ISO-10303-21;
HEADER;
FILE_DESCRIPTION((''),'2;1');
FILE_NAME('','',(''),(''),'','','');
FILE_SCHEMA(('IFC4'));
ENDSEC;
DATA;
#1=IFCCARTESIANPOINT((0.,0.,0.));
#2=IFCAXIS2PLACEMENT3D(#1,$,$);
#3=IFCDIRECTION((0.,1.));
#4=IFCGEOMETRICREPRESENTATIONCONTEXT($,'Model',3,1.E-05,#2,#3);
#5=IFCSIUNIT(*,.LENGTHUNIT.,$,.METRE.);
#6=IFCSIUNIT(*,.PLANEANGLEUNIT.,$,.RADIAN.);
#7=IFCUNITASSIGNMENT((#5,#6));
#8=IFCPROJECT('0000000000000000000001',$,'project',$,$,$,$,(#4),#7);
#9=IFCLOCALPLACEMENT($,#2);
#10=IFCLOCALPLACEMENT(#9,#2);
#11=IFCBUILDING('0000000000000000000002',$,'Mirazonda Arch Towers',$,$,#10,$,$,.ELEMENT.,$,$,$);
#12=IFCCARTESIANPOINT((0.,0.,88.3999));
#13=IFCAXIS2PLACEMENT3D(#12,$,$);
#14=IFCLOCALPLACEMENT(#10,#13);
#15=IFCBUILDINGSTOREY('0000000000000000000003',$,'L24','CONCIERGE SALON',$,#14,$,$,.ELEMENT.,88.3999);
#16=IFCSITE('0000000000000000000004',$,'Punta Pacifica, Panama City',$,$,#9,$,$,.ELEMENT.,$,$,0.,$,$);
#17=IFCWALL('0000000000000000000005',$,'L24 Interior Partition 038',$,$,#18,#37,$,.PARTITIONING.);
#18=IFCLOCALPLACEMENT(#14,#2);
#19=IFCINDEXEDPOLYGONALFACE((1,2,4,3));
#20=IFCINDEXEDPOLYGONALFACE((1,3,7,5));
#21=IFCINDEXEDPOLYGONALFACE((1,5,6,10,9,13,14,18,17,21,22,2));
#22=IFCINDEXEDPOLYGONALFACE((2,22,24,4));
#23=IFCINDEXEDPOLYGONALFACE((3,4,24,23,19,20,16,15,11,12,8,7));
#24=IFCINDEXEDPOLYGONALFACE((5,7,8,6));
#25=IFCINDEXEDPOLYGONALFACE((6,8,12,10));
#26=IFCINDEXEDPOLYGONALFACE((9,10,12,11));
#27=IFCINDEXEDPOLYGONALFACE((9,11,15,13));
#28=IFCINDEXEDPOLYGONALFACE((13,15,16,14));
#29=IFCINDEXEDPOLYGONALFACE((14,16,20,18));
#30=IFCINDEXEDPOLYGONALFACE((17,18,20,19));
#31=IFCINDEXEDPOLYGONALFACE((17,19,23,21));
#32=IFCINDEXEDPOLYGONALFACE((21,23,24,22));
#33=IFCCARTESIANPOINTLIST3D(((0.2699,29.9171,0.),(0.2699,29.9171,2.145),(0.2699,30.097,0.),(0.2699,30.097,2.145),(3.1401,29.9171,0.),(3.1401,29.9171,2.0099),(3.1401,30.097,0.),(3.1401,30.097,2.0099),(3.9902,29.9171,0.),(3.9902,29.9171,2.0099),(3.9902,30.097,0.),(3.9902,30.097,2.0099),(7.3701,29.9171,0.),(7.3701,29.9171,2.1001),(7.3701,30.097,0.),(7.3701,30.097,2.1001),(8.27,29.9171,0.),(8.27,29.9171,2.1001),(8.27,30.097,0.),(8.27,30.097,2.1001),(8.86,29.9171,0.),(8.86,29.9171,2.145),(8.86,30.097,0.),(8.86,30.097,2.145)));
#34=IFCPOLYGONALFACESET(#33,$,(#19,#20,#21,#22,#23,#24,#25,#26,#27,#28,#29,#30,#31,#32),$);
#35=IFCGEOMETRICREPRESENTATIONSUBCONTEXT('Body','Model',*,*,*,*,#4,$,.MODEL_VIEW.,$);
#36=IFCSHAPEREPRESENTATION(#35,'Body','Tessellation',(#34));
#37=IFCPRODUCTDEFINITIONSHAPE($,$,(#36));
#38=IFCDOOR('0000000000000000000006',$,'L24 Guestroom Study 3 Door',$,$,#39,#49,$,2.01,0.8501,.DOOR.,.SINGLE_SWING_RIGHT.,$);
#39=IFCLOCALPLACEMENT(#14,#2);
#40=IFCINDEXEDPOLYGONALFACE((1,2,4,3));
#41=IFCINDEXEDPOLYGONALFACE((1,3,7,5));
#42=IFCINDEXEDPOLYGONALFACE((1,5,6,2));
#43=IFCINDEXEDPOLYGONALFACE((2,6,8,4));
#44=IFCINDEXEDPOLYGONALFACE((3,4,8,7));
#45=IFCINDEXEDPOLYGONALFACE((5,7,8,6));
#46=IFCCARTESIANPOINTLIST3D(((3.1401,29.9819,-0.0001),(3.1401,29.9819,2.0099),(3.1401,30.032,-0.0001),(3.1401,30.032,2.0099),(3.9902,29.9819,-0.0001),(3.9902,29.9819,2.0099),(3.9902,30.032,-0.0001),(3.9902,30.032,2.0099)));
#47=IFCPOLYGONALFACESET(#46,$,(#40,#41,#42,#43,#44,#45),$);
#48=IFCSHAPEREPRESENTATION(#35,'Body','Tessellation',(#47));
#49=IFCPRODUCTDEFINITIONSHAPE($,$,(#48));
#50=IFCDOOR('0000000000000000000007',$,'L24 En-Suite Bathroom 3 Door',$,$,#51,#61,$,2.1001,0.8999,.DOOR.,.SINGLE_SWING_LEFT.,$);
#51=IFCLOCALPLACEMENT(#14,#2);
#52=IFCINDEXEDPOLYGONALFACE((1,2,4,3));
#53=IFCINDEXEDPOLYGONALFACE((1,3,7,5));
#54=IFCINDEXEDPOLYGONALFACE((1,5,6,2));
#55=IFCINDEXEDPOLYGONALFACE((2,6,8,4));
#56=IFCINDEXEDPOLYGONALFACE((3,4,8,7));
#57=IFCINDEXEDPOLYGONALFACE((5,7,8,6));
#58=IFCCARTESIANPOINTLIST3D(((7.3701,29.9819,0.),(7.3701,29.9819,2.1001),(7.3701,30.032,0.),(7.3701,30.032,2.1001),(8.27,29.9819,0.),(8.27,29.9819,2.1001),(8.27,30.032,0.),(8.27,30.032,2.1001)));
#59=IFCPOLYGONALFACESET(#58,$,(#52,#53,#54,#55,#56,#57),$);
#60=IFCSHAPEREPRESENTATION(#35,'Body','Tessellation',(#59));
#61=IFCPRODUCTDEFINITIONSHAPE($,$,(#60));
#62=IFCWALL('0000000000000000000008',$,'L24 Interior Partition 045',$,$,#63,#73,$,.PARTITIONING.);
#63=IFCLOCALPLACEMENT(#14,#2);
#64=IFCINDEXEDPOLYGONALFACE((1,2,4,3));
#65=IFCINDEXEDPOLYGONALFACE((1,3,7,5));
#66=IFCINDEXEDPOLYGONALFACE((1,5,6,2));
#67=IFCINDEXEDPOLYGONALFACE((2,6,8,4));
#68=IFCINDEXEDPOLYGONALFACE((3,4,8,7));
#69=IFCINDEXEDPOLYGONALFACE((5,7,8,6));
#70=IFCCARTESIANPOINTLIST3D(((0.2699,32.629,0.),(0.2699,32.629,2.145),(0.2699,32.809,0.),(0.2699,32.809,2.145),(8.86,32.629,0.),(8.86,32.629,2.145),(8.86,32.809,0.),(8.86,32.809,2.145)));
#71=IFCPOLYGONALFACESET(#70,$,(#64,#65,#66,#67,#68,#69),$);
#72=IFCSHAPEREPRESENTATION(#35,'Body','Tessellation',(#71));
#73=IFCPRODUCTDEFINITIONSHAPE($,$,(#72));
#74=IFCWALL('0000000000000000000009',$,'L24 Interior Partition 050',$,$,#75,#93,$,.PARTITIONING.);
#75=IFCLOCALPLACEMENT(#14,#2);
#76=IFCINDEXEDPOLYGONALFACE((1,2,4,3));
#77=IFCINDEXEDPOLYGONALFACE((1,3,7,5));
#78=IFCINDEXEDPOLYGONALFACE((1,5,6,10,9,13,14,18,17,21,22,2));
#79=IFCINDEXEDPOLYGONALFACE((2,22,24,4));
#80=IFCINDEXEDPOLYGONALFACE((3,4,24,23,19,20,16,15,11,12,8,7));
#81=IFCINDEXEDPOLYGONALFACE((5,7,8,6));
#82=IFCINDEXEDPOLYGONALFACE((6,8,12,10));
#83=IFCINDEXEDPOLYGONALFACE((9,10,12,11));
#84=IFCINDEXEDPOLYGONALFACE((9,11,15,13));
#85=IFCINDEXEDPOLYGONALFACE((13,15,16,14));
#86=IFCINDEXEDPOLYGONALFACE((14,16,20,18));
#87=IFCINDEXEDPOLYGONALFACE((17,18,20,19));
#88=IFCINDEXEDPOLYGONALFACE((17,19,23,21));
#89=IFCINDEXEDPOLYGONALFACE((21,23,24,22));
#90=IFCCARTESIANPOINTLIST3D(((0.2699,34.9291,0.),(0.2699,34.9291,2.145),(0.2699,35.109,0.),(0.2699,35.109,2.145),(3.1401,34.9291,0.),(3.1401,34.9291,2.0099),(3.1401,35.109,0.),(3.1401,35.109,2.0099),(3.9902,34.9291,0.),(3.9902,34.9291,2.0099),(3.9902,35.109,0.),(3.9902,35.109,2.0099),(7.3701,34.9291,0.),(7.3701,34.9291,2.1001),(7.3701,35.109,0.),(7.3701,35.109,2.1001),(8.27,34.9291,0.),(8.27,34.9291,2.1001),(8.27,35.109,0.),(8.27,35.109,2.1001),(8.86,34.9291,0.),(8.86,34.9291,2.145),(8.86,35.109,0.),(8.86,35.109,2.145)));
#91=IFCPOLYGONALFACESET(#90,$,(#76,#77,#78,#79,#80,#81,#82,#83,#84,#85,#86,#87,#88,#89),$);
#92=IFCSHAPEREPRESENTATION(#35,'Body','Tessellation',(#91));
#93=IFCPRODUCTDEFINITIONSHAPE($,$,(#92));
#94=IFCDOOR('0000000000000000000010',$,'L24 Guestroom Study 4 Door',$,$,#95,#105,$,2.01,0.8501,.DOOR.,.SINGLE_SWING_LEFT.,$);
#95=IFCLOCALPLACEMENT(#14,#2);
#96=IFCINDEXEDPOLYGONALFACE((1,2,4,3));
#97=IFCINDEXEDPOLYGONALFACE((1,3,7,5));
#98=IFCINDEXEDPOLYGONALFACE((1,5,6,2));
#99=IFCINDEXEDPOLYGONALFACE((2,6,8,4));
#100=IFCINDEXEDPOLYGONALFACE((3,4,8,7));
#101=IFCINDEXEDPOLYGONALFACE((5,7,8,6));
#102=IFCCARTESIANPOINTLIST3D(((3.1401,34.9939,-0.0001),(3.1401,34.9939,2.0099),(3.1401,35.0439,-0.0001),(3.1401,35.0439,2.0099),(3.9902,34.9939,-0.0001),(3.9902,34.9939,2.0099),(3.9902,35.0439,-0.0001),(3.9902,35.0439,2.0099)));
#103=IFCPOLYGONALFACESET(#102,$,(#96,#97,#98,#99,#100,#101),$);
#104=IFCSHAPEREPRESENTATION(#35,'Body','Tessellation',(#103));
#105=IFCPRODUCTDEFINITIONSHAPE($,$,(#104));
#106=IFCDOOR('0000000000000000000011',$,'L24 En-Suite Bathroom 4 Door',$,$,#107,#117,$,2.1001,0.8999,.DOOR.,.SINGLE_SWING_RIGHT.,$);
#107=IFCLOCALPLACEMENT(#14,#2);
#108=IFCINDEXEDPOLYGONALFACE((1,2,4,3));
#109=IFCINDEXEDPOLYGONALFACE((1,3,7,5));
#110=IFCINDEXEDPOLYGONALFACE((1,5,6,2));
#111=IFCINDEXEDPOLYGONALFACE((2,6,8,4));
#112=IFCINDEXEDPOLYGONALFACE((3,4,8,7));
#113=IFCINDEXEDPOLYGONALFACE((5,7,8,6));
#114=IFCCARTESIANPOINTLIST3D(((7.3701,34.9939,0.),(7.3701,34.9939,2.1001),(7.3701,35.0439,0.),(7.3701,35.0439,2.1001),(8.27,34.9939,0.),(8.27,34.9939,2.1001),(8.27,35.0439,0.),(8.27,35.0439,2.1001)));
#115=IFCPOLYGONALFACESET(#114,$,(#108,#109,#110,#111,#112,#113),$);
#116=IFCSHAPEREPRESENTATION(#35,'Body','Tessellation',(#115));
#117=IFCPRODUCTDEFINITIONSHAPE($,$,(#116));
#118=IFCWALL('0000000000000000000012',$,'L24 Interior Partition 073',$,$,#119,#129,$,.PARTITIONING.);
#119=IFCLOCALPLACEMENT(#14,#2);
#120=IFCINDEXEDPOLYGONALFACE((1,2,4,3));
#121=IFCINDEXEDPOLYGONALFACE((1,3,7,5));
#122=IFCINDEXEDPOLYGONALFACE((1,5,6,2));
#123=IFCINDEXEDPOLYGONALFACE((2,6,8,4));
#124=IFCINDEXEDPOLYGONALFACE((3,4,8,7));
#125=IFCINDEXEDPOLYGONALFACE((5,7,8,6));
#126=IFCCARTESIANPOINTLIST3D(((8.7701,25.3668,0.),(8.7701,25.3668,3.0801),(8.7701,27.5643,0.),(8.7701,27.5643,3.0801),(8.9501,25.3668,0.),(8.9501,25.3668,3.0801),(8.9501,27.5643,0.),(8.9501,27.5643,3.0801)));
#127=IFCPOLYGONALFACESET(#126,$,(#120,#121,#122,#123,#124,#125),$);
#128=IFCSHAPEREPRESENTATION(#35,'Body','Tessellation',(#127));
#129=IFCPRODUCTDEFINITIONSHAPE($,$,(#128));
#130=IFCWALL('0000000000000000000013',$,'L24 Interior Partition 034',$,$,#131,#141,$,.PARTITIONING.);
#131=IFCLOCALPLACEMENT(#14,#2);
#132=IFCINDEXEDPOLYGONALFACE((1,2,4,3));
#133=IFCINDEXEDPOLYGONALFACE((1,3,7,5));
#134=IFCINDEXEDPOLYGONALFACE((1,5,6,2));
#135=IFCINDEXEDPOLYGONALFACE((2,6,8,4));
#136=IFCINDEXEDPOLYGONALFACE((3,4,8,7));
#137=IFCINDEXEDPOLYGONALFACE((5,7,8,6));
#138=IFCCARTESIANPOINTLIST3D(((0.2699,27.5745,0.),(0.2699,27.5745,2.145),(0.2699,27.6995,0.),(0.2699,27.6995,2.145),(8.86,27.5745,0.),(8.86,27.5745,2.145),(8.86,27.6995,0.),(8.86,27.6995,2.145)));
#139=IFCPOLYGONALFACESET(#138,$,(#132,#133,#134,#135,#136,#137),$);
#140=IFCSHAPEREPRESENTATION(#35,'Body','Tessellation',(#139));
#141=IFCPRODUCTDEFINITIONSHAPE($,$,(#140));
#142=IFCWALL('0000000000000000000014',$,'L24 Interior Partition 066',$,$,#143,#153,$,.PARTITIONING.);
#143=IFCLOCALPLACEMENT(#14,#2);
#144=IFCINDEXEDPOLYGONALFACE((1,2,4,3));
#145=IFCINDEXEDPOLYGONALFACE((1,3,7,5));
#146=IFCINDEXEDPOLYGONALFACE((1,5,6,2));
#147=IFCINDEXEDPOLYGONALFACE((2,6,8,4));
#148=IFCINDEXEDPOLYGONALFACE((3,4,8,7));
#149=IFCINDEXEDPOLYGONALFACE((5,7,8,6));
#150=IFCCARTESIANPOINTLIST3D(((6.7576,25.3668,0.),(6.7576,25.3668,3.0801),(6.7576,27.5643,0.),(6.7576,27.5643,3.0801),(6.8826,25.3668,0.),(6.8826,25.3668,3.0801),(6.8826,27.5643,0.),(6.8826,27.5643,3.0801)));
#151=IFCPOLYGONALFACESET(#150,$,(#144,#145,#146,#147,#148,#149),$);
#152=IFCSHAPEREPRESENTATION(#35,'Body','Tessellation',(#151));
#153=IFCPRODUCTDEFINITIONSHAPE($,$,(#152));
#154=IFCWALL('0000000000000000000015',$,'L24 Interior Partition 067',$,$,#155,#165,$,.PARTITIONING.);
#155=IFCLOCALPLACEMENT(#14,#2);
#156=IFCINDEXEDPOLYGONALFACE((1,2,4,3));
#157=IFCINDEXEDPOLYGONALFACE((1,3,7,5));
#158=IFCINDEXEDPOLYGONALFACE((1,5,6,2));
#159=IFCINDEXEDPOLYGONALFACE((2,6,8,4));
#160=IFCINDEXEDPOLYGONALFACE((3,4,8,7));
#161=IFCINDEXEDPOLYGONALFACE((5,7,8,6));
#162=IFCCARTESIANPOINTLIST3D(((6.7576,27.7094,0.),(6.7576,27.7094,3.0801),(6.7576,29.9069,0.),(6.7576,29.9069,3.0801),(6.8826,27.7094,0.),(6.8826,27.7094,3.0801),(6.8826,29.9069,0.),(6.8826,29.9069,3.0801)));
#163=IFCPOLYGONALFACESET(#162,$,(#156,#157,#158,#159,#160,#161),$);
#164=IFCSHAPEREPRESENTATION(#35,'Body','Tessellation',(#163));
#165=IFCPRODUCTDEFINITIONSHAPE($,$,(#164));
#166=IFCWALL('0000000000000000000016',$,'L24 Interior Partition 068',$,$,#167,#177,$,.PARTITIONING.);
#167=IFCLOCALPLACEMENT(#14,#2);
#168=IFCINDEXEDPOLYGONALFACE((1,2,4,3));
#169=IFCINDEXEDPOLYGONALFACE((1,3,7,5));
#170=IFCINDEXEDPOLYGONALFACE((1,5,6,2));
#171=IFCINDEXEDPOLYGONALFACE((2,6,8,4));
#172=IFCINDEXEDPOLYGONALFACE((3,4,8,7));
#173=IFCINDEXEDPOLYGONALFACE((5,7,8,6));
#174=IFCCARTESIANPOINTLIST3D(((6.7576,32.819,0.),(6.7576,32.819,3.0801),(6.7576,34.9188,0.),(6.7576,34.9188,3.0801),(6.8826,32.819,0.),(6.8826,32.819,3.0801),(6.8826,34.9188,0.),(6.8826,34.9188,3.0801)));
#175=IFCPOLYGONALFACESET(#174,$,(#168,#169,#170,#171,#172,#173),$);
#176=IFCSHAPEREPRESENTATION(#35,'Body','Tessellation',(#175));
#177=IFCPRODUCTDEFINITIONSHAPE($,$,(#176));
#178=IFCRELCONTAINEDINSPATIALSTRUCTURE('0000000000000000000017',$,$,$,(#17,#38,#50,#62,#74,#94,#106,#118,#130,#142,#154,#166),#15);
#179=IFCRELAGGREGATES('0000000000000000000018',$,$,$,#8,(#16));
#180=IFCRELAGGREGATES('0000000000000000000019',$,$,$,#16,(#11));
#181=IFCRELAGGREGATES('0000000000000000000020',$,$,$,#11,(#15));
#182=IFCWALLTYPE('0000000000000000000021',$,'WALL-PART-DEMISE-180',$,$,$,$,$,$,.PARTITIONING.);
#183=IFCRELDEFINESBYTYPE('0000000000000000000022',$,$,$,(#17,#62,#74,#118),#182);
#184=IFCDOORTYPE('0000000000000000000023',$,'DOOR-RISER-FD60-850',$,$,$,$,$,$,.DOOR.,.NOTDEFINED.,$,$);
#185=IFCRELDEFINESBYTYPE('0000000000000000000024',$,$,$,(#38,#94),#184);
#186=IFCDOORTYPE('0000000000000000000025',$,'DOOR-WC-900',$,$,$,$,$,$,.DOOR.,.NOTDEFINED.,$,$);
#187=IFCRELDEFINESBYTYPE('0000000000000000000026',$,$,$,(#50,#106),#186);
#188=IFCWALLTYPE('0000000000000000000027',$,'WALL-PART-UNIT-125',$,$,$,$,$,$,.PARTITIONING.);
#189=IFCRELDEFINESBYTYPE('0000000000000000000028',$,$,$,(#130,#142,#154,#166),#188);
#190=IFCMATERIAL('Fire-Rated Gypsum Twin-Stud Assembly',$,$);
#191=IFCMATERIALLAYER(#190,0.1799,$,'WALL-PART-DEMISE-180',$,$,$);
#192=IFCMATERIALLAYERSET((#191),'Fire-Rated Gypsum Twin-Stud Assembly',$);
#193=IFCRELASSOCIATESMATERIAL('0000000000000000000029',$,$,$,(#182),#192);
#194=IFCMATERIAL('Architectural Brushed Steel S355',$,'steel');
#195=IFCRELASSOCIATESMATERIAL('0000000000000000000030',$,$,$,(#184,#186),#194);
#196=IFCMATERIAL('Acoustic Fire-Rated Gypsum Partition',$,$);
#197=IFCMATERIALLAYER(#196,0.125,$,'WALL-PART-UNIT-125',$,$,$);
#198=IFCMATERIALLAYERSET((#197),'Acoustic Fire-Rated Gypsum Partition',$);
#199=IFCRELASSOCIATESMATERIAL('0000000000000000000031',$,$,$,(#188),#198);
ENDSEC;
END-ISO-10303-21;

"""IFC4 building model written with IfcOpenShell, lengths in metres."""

from ifc_helpers import new_model, si_unit, direction, frame, frame_2d, origin, place, context, subcontext, project, spatial, rectangle, extrude, material, layer, layer_set, type_object, element, fill, save


model = new_model("IFC4")

# Units and contexts
model_context = context("Model", 3, precision=1e-05, world=origin(), true_north=direction((0.0, 1.0)))
body_context = subcontext(model_context, "Body", "Model", "MODEL_VIEW")
ifc_project = project(units=[si_unit("LENGTHUNIT", "METRE"), si_unit("PLANEANGLEUNIT", "RADIAN")], contexts=[model_context])

# Site, building, storey
site_placement = place(None, origin())
site = spatial("IfcSite", under=ifc_project, at=site_placement, Name="Punta Pacifica, Panama City", CompositionType="ELEMENT", RefElevation=0.0)
building_placement = place(site_placement, origin())
building = spatial("IfcBuilding", under=site, at=building_placement, Name="Mirazonda Arch Towers", CompositionType="ELEMENT")
storey_placement = place(building_placement, frame((0.0, 0.0, 88.3999)))
storey = spatial("IfcBuildingStorey", under=building, at=storey_placement, Name="L24", Description="CONCIERGE SALON", CompositionType="ELEMENT", Elevation=88.3999)

# Wall, openings, doors
ifc_material_1 = material(Name="Fire-Rated Gypsum Twin-Stud Assembly")
ifc_layer_1 = layer(ifc_material_1, 0.1799, Name="WALL-PART-DEMISE-180")
ifc_layer_set_1 = layer_set([ifc_layer_1], Name="Fire-Rated Gypsum Twin-Stud Assembly")
wall_type_1 = type_object("IfcWallType", Name="WALL-PART-DEMISE-180", PredefinedType="PARTITIONING", material=ifc_layer_set_1)
wall_1_placement = place(storey_placement, frame((0.27, 30.0071, 0.0), z_axis=(0.0, 0.0, 1.0), x_axis=(1.0, 0.0, 0.0)))
wall_1 = element("IfcWall", 1, at=wall_1_placement, inside=storey, type_object=wall_type_1, Name="L24 Interior Partition 038", PredefinedType="PARTITIONING", context=body_context, shape_type="SweptSolid", body=[
    extrude(rectangle(XDim=8.5901, YDim=0.1799, at=frame_2d((4.2949, 0.0))), origin(), (0.0, 0.0, 1.0), 2.145),
])
opening_1_placement = place(wall_1_placement, frame((2.8701, 0.0, 0.0)))
opening_1 = element("IfcOpeningElement", 2, at=opening_1_placement, cuts=wall_1, PredefinedType="OPENING", context=body_context, shape_type="SweptSolid", body=[
    extrude(rectangle(XDim=0.8501, YDim=2.01, at=frame_2d((0.425, 1.0049))), frame((0.0, 0.0999, 0.0), z_axis=(0.0, -1.0, 0.0), x_axis=(1.0, 0.0, 0.0)), (0.0, 0.0, 1.0), 0.2),
])
opening_2_placement = place(wall_1_placement, frame((7.1001, 0.0, 0.0)))
opening_2 = element("IfcOpeningElement", 3, at=opening_2_placement, cuts=wall_1, PredefinedType="OPENING", context=body_context, shape_type="SweptSolid", body=[
    extrude(rectangle(XDim=0.8999, YDim=2.1001, at=frame_2d((0.45, 1.05))), frame((0.0, 0.0999, 0.0), z_axis=(0.0, -1.0, 0.0), x_axis=(1.0, 0.0, 0.0)), (0.0, 0.0, 1.0), 0.2),
])
ifc_material_2 = material(Name="Architectural Brushed Steel S355", Category="steel")
door_type_1 = type_object("IfcDoorType", Name="DOOR-RISER-FD60-850", OperationType="NOTDEFINED", PredefinedType="DOOR", material=ifc_material_2)
door_1_placement = place(opening_1_placement, origin())
door_1 = element("IfcDoor", 4, at=door_1_placement, inside=storey, type_object=door_type_1, Name="L24 Guestroom Study 3 Door", OperationType="SINGLE_SWING_RIGHT", OverallHeight=2.01, OverallWidth=0.8501, PredefinedType="DOOR", context=body_context, shape_type="SweptSolid", body=[
    extrude(rectangle(XDim=0.8501, YDim=2.01, at=frame_2d((0.425, 1.0049))), frame((0.0, 0.0249, 0.0), z_axis=(0.0, -1.0, 0.0), x_axis=(1.0, 0.0, 0.0)), (0.0, 0.0, 1.0), 0.05),
])
fill(opening_1, door_1)
door_type_2 = type_object("IfcDoorType", Name="DOOR-WC-900", OperationType="NOTDEFINED", PredefinedType="DOOR", material=ifc_material_2)
door_2_placement = place(opening_2_placement, origin())
door_2 = element("IfcDoor", 5, at=door_2_placement, inside=storey, type_object=door_type_2, Name="L24 En-Suite Bathroom 3 Door", OperationType="SINGLE_SWING_LEFT", OverallHeight=2.1001, OverallWidth=0.8999, PredefinedType="DOOR", context=body_context, shape_type="SweptSolid", body=[
    extrude(rectangle(XDim=0.8999, YDim=2.1001, at=frame_2d((0.45, 1.05))), frame((0.0, 0.0249, 0.0), z_axis=(0.0, -1.0, 0.0), x_axis=(1.0, 0.0, 0.0)), (0.0, 0.0, 1.0), 0.05),
])
fill(opening_2, door_2)

# Wall
wall_2_placement = place(storey_placement, frame((0.27, 32.719, 0.0), z_axis=(0.0, 0.0, 1.0), x_axis=(1.0, 0.0, 0.0)))
element("IfcWall", 6, at=wall_2_placement, inside=storey, type_object=wall_type_1, Name="L24 Interior Partition 045", PredefinedType="PARTITIONING", context=body_context, shape_type="SweptSolid", body=[
    extrude(rectangle(XDim=8.5901, YDim=0.1799, at=frame_2d((4.2949, 0.0))), origin(), (0.0, 0.0, 1.0), 2.145),
])

# Wall, openings, doors
wall_3_placement = place(storey_placement, frame((0.27, 35.019, 0.0), z_axis=(0.0, 0.0, 1.0), x_axis=(1.0, 0.0, 0.0)))
wall_3 = element("IfcWall", 7, at=wall_3_placement, inside=storey, type_object=wall_type_1, Name="L24 Interior Partition 050", PredefinedType="PARTITIONING", context=body_context, shape_type="SweptSolid", body=[
    extrude(rectangle(XDim=8.5901, YDim=0.1799, at=frame_2d((4.2949, 0.0))), origin(), (0.0, 0.0, 1.0), 2.145),
])
opening_3_placement = place(wall_3_placement, frame((2.8701, 0.0, 0.0)))
opening_3 = element("IfcOpeningElement", 8, at=opening_3_placement, cuts=wall_3, PredefinedType="OPENING", context=body_context, shape_type="SweptSolid", body=[
    extrude(rectangle(XDim=0.8501, YDim=2.01, at=frame_2d((0.425, 1.0049))), frame((0.0, 0.0999, 0.0), z_axis=(0.0, -1.0, 0.0), x_axis=(1.0, 0.0, 0.0)), (0.0, 0.0, 1.0), 0.2),
])
opening_4_placement = place(wall_3_placement, frame((7.1001, 0.0, 0.0)))
opening_4 = element("IfcOpeningElement", 9, at=opening_4_placement, cuts=wall_3, PredefinedType="OPENING", context=body_context, shape_type="SweptSolid", body=[
    extrude(rectangle(XDim=0.8999, YDim=2.1001, at=frame_2d((0.45, 1.05))), frame((0.0, 0.0999, 0.0), z_axis=(0.0, -1.0, 0.0), x_axis=(1.0, 0.0, 0.0)), (0.0, 0.0, 1.0), 0.2),
])
door_3_placement = place(opening_3_placement, origin())
door_3 = element("IfcDoor", 10, at=door_3_placement, inside=storey, type_object=door_type_1, Name="L24 Guestroom Study 4 Door", OperationType="SINGLE_SWING_LEFT", OverallHeight=2.01, OverallWidth=0.8501, PredefinedType="DOOR", context=body_context, shape_type="SweptSolid", body=[
    extrude(rectangle(XDim=0.8501, YDim=2.01, at=frame_2d((0.425, 1.0049))), frame((0.0, 0.0249, 0.0), z_axis=(0.0, -1.0, 0.0), x_axis=(1.0, 0.0, 0.0)), (0.0, 0.0, 1.0), 0.05),
])
fill(opening_3, door_3)
door_4_placement = place(opening_4_placement, origin())
door_4 = element("IfcDoor", 11, at=door_4_placement, inside=storey, type_object=door_type_2, Name="L24 En-Suite Bathroom 4 Door", OperationType="SINGLE_SWING_RIGHT", OverallHeight=2.1001, OverallWidth=0.8999, PredefinedType="DOOR", context=body_context, shape_type="SweptSolid", body=[
    extrude(rectangle(XDim=0.8999, YDim=2.1001, at=frame_2d((0.45, 1.05))), frame((0.0, 0.0249, 0.0), z_axis=(0.0, -1.0, 0.0), x_axis=(1.0, 0.0, 0.0)), (0.0, 0.0, 1.0), 0.05),
])
fill(opening_4, door_4)

# Walls
wall_4_placement = place(storey_placement, frame((8.8601, 25.3669, 0.0), z_axis=(0.0, 0.0, 1.0), x_axis=(0.0, 1.0, 0.0)))
element("IfcWall", 12, at=wall_4_placement, inside=storey, type_object=wall_type_1, Name="L24 Interior Partition 073", PredefinedType="PARTITIONING", context=body_context, shape_type="SweptSolid", body=[
    extrude(rectangle(XDim=2.1975, YDim=0.1799, at=frame_2d((1.0986, 0.0))), origin(), (0.0, 0.0, 1.0), 3.0801),
])
ifc_material_3 = material(Name="Acoustic Fire-Rated Gypsum Partition")
ifc_layer_2 = layer(ifc_material_3, 0.125, Name="WALL-PART-UNIT-125")
ifc_layer_set_2 = layer_set([ifc_layer_2], Name="Acoustic Fire-Rated Gypsum Partition")
wall_type_2 = type_object("IfcWallType", Name="WALL-PART-UNIT-125", PredefinedType="PARTITIONING", material=ifc_layer_set_2)
wall_5_placement = place(storey_placement, frame((0.27, 27.637, 0.0), z_axis=(0.0, 0.0, 1.0), x_axis=(1.0, 0.0, 0.0)))
element("IfcWall", 13, at=wall_5_placement, inside=storey, type_object=wall_type_2, Name="L24 Interior Partition 034", PredefinedType="PARTITIONING", context=body_context, shape_type="SweptSolid", body=[
    extrude(rectangle(XDim=8.5901, YDim=0.125, at=frame_2d((4.2949, 0.0))), origin(), (0.0, 0.0, 1.0), 2.145),
])
for number, where, z_axis, x_axis, name in (
    (14, (6.8201, 25.3669, 0.0), (0.0, 0.0, 1.0), (0.0, 1.0, 0.0), "L24 Interior Partition 066"),
    (15, (6.8201, 27.7095, 0.0), (0.0, 0.0, 1.0), (0.0, 1.0, 0.0), "L24 Interior Partition 067"),
):
    element("IfcWall", number, at=place(storey_placement, frame(where, z_axis=z_axis, x_axis=x_axis)), inside=storey, type_object=wall_type_2, Name=name, PredefinedType="PARTITIONING", context=body_context, shape_type="SweptSolid", body=[
        extrude(rectangle(XDim=2.1975, YDim=0.125, at=frame_2d((1.0986, 0.0))), origin(), (0.0, 0.0, 1.0), 3.0801),
    ])
wall_6_placement = place(storey_placement, frame((6.8201, 32.8191, 0.0), z_axis=(0.0, 0.0, 1.0), x_axis=(0.0, 1.0, 0.0)))
element("IfcWall", 16, at=wall_6_placement, inside=storey, type_object=wall_type_2, Name="L24 Interior Partition 068", PredefinedType="PARTITIONING", context=body_context, shape_type="SweptSolid", body=[
    extrude(rectangle(XDim=2.0999, YDim=0.125, at=frame_2d((1.0498, 0.0))), origin(), (0.0, 0.0, 1.0), 3.0801),
])

save(model, "model.ifc")
